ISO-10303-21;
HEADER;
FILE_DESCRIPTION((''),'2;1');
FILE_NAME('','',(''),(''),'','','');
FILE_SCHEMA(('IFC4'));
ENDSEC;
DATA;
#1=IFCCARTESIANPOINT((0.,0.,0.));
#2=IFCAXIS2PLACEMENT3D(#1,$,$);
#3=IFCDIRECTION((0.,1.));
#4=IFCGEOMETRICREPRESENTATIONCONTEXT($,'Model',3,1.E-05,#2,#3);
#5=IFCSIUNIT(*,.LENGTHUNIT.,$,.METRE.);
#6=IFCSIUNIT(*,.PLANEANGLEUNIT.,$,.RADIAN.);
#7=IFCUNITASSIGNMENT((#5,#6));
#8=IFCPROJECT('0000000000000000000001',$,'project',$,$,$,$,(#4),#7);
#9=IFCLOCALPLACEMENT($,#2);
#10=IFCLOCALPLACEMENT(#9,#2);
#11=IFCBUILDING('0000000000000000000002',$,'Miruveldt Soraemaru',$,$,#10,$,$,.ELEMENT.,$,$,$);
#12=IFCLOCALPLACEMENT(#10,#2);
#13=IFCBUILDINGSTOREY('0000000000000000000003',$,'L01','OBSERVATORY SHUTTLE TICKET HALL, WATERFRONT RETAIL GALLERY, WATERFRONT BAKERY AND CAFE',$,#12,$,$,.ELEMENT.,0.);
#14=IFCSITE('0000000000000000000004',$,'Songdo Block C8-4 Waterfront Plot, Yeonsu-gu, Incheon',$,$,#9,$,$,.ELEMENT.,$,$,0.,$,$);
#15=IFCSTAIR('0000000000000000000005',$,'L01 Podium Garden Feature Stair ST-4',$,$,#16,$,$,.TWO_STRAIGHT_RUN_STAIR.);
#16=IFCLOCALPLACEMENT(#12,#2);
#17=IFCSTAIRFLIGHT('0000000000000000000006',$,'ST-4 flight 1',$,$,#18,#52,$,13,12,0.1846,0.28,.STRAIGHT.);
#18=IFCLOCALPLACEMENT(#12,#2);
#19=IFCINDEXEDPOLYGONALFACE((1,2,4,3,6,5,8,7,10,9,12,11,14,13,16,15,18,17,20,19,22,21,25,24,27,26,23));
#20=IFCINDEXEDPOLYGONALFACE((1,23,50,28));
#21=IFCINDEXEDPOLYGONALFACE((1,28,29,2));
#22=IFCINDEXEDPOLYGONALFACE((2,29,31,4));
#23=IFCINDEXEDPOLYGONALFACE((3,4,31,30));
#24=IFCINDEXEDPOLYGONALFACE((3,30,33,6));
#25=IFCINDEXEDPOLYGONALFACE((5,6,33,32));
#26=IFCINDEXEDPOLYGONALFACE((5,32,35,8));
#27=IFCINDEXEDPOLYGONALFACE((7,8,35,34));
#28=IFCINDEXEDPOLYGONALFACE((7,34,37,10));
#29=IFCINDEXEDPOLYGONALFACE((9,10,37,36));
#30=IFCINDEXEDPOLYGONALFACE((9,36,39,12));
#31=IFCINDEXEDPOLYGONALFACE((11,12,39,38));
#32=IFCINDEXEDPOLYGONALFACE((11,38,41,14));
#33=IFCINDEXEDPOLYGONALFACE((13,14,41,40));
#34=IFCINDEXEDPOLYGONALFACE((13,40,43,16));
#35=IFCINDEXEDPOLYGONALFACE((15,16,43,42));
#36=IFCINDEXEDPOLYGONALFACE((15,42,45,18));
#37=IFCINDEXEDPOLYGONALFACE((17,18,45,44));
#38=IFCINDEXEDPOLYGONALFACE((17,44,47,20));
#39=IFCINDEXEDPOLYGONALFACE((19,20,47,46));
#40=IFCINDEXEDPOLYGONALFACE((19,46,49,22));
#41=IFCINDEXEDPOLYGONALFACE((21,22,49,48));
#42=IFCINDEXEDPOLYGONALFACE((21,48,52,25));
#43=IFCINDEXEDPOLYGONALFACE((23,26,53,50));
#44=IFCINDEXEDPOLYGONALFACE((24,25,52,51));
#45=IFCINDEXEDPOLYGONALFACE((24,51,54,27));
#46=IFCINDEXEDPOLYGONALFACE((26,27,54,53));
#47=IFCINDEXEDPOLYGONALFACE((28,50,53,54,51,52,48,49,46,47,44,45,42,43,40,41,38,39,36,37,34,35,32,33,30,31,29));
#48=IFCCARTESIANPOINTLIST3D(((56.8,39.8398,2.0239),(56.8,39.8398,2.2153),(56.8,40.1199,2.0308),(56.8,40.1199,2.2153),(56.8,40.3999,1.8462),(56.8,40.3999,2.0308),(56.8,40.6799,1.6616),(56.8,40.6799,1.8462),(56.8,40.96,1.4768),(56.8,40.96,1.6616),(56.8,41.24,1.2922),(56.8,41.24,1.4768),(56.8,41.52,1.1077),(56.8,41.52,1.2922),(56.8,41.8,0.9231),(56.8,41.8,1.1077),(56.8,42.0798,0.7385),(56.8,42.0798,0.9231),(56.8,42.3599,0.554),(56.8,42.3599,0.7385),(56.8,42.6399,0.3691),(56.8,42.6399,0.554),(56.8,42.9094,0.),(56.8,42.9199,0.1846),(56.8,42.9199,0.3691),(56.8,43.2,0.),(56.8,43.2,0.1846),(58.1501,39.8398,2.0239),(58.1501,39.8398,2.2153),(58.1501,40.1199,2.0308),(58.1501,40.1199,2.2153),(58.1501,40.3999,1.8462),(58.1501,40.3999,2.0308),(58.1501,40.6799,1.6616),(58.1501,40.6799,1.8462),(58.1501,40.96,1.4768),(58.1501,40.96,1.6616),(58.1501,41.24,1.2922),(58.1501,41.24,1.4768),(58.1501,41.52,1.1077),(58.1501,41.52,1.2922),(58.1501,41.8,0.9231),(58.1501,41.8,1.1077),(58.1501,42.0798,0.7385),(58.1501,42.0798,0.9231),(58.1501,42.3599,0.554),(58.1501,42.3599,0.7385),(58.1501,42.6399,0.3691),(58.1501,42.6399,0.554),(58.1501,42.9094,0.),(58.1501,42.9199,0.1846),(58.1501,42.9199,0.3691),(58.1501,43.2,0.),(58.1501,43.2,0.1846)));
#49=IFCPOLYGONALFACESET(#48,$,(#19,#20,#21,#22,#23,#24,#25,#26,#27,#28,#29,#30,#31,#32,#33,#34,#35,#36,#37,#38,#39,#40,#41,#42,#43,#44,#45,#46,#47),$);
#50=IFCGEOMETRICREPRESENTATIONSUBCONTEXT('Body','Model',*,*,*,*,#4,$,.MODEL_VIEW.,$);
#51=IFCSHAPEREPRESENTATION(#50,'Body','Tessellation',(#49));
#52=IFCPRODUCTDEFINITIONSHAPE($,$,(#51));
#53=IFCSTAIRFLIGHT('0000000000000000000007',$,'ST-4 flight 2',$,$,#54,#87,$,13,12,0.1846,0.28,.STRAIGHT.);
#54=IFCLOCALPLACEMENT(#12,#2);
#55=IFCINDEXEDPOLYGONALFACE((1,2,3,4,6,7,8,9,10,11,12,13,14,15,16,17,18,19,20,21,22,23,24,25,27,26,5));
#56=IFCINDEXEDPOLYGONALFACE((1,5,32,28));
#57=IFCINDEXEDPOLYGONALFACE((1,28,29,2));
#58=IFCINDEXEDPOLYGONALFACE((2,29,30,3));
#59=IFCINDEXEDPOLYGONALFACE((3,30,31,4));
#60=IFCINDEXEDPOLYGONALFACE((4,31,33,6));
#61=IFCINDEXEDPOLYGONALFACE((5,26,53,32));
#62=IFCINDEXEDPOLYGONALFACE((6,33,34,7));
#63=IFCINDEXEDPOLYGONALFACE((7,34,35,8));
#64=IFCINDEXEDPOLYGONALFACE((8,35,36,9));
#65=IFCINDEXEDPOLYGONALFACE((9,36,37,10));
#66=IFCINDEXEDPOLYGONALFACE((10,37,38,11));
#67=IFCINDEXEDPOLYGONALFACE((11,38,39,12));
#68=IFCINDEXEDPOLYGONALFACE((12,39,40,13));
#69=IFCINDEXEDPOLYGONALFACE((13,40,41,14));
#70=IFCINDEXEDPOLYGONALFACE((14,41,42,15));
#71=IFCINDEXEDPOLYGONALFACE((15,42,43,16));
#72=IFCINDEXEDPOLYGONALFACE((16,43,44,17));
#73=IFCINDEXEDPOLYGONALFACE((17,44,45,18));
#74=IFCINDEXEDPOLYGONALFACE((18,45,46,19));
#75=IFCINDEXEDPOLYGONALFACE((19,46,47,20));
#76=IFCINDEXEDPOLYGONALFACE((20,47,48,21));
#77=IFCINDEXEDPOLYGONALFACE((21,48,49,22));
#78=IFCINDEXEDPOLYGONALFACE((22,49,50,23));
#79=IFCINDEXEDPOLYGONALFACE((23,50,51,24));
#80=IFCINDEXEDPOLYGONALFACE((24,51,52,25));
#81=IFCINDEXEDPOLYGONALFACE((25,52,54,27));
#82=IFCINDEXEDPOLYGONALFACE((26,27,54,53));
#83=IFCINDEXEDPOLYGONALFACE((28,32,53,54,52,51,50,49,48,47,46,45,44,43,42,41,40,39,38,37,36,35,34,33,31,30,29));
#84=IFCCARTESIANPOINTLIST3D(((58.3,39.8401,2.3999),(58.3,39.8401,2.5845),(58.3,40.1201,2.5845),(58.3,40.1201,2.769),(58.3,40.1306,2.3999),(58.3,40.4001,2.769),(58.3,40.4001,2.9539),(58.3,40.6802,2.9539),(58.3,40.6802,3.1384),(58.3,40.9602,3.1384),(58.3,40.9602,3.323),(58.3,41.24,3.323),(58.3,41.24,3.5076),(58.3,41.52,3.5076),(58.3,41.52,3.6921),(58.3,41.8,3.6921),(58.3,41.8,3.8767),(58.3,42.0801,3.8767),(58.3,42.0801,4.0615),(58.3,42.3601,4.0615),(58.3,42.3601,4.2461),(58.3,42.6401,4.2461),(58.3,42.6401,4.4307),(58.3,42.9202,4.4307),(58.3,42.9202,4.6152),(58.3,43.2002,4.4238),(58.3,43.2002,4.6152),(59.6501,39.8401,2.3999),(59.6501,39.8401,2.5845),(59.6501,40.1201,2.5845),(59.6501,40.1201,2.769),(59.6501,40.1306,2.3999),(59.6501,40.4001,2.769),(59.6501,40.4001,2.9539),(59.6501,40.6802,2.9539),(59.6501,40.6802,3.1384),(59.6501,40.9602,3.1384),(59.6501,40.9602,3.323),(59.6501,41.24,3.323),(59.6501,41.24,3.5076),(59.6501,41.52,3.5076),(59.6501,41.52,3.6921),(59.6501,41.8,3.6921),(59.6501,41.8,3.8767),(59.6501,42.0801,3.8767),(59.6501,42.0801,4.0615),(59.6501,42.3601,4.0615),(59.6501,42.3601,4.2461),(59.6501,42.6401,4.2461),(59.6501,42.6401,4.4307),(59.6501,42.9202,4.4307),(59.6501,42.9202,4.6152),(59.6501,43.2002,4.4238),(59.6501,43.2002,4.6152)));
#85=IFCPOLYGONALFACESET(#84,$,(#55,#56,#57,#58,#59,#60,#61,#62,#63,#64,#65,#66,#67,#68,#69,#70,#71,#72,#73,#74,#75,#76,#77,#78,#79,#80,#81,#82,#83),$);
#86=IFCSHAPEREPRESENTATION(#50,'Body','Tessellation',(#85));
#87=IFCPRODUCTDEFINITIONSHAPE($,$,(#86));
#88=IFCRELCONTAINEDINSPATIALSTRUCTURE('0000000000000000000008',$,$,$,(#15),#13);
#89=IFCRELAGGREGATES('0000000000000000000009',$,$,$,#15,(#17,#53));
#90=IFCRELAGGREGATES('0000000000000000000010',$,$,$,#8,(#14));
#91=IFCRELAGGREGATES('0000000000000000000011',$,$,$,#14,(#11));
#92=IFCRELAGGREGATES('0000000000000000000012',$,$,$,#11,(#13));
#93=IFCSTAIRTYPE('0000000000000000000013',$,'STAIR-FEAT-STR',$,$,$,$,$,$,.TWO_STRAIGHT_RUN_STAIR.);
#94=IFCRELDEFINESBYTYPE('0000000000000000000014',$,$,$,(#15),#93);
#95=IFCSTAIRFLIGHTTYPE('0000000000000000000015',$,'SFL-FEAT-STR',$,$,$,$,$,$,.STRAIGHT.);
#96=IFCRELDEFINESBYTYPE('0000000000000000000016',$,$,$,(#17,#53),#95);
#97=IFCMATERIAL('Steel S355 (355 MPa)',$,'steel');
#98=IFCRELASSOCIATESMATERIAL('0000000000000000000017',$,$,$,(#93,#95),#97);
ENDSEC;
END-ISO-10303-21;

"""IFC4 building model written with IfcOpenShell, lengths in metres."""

from ifc_helpers import new_model, si_unit, direction, frame, origin, place, context, subcontext, project, spatial, polyline, outline, extrude, material, type_object, element, aggregate, save


model = new_model("IFC4")

# Units and contexts
model_context = context("Model", 3, precision=1e-05, world=origin(), true_north=direction((0.0, 1.0)))
body_context = subcontext(model_context, "Body", "Model", "MODEL_VIEW")
ifc_project = project(units=[si_unit("LENGTHUNIT", "METRE"), si_unit("PLANEANGLEUNIT", "RADIAN")], contexts=[model_context])

# Site, building, storey
site_placement = place(None, origin())
site = spatial("IfcSite", under=ifc_project, at=site_placement, Name="Songdo Block C8-4 Waterfront Plot, Yeonsu-gu, Incheon", CompositionType="ELEMENT", RefElevation=0.0)
building_placement = place(site_placement, origin())
building = spatial("IfcBuilding", under=site, at=building_placement, Name="Miruveldt Soraemaru", CompositionType="ELEMENT")
storey_placement = place(building_placement, origin())
storey = spatial("IfcBuildingStorey", under=building, at=storey_placement, Name="L01", Description="OBSERVATORY SHUTTLE TICKET HALL, WATERFRONT RETAIL GALLERY, WATERFRONT BAKERY AND CAFE", CompositionType="ELEMENT", Elevation=0.0)

# Stair, stair flights
ifc_material_1 = material(Name="Steel S355 (355 MPa)", Category="steel")
stair_type_1 = type_object("IfcStairType", Name="STAIR-FEAT-STR", PredefinedType="TWO_STRAIGHT_RUN_STAIR", material=ifc_material_1)
stair_1_placement = place(storey_placement, origin())
stair_1 = element("IfcStair", 1, at=stair_1_placement, inside=storey, type_object=stair_type_1, Name="L01 Podium Garden Feature Stair ST-4", PredefinedType="TWO_STRAIGHT_RUN_STAIR")
stair_flight_type_1 = type_object("IfcStairFlightType", Name="SFL-FEAT-STR", PredefinedType="STRAIGHT", material=ifc_material_1)
stair_flight_1_placement = place(storey_placement, frame((57.4751, 43.2, 0.0), z_axis=(0.0, 0.0, 1.0), x_axis=(0.0, -1.0, 0.0)))
stair_flight_1 = element("IfcStairFlight", 2, at=stair_flight_1_placement, type_object=stair_flight_type_1, Name="ST-4 flight 1", NumberOfRisers=13, NumberOfTreads=12, PredefinedType="STRAIGHT", RiserHeight=0.1846, TreadLength=0.28, context=body_context, shape_type="SweptSolid", body=[
    extrude(outline(polyline([(0.0, 0.0), (0.0, 0.1846), (0.28, 0.1846), (0.28, 0.3691), (0.5601, 0.3691), (0.5601, 0.554), (0.8401, 0.554), (0.8401, 0.7385), (1.1201, 0.7385), (1.1201, 0.9231), (1.3999, 0.9231), (1.3999, 1.1077), (1.6799, 1.1077), (1.6799, 1.2922), (1.96, 1.2922), (1.96, 1.4768), (2.24, 1.4768), (2.24, 1.6616), (2.52, 1.6616), (2.52, 1.8462), (2.8, 1.8462), (2.8, 2.0308), (3.0801, 2.0308), (3.0801, 2.2153), (3.3601, 2.2153), (3.3601, 2.3999), (3.3601, 2.0239), (0.2905, 0.0), (0.0, 0.0)])), frame((0.0, 0.675, 0.0), z_axis=(0.0, -1.0, 0.0), x_axis=(1.0, 0.0, 0.0)), (0.0, 0.0, 1.0), 1.3501),
])
stair_flight_2_placement = place(storey_placement, frame((58.9751, 39.8401, 2.3999), z_axis=(0.0, 0.0, 1.0), x_axis=(0.0, 1.0, 0.0)))
stair_flight_2 = element("IfcStairFlight", 3, at=stair_flight_2_placement, type_object=stair_flight_type_1, Name="ST-4 flight 2", NumberOfRisers=13, NumberOfTreads=12, PredefinedType="STRAIGHT", RiserHeight=0.1846, TreadLength=0.28, context=body_context, shape_type="SweptSolid", body=[
    extrude(outline(polyline([(0.0, 0.0), (0.0, 0.1846), (0.28, 0.1846), (0.28, 0.3691), (0.5601, 0.3691), (0.5601, 0.554), (0.8401, 0.554), (0.8401, 0.7385), (1.1201, 0.7385), (1.1201, 0.9231), (1.3999, 0.9231), (1.3999, 1.1077), (1.6799, 1.1077), (1.6799, 1.2922), (1.96, 1.2922), (1.96, 1.4768), (2.24, 1.4768), (2.24, 1.6616), (2.52, 1.6616), (2.52, 1.8462), (2.8, 1.8462), (2.8, 2.0308), (3.0801, 2.0308), (3.0801, 2.2153), (3.3601, 2.2153), (3.3601, 2.3999), (3.3601, 2.0239), (0.2905, 0.0), (0.0, 0.0)])), frame((0.0, 0.675, 0.0), z_axis=(0.0, -1.0, 0.0), x_axis=(1.0, 0.0, 0.0)), (0.0, 0.0, 1.0), 1.3501),
])
aggregate(stair_1, [stair_flight_1, stair_flight_2])

save(model, "model.ifc")
